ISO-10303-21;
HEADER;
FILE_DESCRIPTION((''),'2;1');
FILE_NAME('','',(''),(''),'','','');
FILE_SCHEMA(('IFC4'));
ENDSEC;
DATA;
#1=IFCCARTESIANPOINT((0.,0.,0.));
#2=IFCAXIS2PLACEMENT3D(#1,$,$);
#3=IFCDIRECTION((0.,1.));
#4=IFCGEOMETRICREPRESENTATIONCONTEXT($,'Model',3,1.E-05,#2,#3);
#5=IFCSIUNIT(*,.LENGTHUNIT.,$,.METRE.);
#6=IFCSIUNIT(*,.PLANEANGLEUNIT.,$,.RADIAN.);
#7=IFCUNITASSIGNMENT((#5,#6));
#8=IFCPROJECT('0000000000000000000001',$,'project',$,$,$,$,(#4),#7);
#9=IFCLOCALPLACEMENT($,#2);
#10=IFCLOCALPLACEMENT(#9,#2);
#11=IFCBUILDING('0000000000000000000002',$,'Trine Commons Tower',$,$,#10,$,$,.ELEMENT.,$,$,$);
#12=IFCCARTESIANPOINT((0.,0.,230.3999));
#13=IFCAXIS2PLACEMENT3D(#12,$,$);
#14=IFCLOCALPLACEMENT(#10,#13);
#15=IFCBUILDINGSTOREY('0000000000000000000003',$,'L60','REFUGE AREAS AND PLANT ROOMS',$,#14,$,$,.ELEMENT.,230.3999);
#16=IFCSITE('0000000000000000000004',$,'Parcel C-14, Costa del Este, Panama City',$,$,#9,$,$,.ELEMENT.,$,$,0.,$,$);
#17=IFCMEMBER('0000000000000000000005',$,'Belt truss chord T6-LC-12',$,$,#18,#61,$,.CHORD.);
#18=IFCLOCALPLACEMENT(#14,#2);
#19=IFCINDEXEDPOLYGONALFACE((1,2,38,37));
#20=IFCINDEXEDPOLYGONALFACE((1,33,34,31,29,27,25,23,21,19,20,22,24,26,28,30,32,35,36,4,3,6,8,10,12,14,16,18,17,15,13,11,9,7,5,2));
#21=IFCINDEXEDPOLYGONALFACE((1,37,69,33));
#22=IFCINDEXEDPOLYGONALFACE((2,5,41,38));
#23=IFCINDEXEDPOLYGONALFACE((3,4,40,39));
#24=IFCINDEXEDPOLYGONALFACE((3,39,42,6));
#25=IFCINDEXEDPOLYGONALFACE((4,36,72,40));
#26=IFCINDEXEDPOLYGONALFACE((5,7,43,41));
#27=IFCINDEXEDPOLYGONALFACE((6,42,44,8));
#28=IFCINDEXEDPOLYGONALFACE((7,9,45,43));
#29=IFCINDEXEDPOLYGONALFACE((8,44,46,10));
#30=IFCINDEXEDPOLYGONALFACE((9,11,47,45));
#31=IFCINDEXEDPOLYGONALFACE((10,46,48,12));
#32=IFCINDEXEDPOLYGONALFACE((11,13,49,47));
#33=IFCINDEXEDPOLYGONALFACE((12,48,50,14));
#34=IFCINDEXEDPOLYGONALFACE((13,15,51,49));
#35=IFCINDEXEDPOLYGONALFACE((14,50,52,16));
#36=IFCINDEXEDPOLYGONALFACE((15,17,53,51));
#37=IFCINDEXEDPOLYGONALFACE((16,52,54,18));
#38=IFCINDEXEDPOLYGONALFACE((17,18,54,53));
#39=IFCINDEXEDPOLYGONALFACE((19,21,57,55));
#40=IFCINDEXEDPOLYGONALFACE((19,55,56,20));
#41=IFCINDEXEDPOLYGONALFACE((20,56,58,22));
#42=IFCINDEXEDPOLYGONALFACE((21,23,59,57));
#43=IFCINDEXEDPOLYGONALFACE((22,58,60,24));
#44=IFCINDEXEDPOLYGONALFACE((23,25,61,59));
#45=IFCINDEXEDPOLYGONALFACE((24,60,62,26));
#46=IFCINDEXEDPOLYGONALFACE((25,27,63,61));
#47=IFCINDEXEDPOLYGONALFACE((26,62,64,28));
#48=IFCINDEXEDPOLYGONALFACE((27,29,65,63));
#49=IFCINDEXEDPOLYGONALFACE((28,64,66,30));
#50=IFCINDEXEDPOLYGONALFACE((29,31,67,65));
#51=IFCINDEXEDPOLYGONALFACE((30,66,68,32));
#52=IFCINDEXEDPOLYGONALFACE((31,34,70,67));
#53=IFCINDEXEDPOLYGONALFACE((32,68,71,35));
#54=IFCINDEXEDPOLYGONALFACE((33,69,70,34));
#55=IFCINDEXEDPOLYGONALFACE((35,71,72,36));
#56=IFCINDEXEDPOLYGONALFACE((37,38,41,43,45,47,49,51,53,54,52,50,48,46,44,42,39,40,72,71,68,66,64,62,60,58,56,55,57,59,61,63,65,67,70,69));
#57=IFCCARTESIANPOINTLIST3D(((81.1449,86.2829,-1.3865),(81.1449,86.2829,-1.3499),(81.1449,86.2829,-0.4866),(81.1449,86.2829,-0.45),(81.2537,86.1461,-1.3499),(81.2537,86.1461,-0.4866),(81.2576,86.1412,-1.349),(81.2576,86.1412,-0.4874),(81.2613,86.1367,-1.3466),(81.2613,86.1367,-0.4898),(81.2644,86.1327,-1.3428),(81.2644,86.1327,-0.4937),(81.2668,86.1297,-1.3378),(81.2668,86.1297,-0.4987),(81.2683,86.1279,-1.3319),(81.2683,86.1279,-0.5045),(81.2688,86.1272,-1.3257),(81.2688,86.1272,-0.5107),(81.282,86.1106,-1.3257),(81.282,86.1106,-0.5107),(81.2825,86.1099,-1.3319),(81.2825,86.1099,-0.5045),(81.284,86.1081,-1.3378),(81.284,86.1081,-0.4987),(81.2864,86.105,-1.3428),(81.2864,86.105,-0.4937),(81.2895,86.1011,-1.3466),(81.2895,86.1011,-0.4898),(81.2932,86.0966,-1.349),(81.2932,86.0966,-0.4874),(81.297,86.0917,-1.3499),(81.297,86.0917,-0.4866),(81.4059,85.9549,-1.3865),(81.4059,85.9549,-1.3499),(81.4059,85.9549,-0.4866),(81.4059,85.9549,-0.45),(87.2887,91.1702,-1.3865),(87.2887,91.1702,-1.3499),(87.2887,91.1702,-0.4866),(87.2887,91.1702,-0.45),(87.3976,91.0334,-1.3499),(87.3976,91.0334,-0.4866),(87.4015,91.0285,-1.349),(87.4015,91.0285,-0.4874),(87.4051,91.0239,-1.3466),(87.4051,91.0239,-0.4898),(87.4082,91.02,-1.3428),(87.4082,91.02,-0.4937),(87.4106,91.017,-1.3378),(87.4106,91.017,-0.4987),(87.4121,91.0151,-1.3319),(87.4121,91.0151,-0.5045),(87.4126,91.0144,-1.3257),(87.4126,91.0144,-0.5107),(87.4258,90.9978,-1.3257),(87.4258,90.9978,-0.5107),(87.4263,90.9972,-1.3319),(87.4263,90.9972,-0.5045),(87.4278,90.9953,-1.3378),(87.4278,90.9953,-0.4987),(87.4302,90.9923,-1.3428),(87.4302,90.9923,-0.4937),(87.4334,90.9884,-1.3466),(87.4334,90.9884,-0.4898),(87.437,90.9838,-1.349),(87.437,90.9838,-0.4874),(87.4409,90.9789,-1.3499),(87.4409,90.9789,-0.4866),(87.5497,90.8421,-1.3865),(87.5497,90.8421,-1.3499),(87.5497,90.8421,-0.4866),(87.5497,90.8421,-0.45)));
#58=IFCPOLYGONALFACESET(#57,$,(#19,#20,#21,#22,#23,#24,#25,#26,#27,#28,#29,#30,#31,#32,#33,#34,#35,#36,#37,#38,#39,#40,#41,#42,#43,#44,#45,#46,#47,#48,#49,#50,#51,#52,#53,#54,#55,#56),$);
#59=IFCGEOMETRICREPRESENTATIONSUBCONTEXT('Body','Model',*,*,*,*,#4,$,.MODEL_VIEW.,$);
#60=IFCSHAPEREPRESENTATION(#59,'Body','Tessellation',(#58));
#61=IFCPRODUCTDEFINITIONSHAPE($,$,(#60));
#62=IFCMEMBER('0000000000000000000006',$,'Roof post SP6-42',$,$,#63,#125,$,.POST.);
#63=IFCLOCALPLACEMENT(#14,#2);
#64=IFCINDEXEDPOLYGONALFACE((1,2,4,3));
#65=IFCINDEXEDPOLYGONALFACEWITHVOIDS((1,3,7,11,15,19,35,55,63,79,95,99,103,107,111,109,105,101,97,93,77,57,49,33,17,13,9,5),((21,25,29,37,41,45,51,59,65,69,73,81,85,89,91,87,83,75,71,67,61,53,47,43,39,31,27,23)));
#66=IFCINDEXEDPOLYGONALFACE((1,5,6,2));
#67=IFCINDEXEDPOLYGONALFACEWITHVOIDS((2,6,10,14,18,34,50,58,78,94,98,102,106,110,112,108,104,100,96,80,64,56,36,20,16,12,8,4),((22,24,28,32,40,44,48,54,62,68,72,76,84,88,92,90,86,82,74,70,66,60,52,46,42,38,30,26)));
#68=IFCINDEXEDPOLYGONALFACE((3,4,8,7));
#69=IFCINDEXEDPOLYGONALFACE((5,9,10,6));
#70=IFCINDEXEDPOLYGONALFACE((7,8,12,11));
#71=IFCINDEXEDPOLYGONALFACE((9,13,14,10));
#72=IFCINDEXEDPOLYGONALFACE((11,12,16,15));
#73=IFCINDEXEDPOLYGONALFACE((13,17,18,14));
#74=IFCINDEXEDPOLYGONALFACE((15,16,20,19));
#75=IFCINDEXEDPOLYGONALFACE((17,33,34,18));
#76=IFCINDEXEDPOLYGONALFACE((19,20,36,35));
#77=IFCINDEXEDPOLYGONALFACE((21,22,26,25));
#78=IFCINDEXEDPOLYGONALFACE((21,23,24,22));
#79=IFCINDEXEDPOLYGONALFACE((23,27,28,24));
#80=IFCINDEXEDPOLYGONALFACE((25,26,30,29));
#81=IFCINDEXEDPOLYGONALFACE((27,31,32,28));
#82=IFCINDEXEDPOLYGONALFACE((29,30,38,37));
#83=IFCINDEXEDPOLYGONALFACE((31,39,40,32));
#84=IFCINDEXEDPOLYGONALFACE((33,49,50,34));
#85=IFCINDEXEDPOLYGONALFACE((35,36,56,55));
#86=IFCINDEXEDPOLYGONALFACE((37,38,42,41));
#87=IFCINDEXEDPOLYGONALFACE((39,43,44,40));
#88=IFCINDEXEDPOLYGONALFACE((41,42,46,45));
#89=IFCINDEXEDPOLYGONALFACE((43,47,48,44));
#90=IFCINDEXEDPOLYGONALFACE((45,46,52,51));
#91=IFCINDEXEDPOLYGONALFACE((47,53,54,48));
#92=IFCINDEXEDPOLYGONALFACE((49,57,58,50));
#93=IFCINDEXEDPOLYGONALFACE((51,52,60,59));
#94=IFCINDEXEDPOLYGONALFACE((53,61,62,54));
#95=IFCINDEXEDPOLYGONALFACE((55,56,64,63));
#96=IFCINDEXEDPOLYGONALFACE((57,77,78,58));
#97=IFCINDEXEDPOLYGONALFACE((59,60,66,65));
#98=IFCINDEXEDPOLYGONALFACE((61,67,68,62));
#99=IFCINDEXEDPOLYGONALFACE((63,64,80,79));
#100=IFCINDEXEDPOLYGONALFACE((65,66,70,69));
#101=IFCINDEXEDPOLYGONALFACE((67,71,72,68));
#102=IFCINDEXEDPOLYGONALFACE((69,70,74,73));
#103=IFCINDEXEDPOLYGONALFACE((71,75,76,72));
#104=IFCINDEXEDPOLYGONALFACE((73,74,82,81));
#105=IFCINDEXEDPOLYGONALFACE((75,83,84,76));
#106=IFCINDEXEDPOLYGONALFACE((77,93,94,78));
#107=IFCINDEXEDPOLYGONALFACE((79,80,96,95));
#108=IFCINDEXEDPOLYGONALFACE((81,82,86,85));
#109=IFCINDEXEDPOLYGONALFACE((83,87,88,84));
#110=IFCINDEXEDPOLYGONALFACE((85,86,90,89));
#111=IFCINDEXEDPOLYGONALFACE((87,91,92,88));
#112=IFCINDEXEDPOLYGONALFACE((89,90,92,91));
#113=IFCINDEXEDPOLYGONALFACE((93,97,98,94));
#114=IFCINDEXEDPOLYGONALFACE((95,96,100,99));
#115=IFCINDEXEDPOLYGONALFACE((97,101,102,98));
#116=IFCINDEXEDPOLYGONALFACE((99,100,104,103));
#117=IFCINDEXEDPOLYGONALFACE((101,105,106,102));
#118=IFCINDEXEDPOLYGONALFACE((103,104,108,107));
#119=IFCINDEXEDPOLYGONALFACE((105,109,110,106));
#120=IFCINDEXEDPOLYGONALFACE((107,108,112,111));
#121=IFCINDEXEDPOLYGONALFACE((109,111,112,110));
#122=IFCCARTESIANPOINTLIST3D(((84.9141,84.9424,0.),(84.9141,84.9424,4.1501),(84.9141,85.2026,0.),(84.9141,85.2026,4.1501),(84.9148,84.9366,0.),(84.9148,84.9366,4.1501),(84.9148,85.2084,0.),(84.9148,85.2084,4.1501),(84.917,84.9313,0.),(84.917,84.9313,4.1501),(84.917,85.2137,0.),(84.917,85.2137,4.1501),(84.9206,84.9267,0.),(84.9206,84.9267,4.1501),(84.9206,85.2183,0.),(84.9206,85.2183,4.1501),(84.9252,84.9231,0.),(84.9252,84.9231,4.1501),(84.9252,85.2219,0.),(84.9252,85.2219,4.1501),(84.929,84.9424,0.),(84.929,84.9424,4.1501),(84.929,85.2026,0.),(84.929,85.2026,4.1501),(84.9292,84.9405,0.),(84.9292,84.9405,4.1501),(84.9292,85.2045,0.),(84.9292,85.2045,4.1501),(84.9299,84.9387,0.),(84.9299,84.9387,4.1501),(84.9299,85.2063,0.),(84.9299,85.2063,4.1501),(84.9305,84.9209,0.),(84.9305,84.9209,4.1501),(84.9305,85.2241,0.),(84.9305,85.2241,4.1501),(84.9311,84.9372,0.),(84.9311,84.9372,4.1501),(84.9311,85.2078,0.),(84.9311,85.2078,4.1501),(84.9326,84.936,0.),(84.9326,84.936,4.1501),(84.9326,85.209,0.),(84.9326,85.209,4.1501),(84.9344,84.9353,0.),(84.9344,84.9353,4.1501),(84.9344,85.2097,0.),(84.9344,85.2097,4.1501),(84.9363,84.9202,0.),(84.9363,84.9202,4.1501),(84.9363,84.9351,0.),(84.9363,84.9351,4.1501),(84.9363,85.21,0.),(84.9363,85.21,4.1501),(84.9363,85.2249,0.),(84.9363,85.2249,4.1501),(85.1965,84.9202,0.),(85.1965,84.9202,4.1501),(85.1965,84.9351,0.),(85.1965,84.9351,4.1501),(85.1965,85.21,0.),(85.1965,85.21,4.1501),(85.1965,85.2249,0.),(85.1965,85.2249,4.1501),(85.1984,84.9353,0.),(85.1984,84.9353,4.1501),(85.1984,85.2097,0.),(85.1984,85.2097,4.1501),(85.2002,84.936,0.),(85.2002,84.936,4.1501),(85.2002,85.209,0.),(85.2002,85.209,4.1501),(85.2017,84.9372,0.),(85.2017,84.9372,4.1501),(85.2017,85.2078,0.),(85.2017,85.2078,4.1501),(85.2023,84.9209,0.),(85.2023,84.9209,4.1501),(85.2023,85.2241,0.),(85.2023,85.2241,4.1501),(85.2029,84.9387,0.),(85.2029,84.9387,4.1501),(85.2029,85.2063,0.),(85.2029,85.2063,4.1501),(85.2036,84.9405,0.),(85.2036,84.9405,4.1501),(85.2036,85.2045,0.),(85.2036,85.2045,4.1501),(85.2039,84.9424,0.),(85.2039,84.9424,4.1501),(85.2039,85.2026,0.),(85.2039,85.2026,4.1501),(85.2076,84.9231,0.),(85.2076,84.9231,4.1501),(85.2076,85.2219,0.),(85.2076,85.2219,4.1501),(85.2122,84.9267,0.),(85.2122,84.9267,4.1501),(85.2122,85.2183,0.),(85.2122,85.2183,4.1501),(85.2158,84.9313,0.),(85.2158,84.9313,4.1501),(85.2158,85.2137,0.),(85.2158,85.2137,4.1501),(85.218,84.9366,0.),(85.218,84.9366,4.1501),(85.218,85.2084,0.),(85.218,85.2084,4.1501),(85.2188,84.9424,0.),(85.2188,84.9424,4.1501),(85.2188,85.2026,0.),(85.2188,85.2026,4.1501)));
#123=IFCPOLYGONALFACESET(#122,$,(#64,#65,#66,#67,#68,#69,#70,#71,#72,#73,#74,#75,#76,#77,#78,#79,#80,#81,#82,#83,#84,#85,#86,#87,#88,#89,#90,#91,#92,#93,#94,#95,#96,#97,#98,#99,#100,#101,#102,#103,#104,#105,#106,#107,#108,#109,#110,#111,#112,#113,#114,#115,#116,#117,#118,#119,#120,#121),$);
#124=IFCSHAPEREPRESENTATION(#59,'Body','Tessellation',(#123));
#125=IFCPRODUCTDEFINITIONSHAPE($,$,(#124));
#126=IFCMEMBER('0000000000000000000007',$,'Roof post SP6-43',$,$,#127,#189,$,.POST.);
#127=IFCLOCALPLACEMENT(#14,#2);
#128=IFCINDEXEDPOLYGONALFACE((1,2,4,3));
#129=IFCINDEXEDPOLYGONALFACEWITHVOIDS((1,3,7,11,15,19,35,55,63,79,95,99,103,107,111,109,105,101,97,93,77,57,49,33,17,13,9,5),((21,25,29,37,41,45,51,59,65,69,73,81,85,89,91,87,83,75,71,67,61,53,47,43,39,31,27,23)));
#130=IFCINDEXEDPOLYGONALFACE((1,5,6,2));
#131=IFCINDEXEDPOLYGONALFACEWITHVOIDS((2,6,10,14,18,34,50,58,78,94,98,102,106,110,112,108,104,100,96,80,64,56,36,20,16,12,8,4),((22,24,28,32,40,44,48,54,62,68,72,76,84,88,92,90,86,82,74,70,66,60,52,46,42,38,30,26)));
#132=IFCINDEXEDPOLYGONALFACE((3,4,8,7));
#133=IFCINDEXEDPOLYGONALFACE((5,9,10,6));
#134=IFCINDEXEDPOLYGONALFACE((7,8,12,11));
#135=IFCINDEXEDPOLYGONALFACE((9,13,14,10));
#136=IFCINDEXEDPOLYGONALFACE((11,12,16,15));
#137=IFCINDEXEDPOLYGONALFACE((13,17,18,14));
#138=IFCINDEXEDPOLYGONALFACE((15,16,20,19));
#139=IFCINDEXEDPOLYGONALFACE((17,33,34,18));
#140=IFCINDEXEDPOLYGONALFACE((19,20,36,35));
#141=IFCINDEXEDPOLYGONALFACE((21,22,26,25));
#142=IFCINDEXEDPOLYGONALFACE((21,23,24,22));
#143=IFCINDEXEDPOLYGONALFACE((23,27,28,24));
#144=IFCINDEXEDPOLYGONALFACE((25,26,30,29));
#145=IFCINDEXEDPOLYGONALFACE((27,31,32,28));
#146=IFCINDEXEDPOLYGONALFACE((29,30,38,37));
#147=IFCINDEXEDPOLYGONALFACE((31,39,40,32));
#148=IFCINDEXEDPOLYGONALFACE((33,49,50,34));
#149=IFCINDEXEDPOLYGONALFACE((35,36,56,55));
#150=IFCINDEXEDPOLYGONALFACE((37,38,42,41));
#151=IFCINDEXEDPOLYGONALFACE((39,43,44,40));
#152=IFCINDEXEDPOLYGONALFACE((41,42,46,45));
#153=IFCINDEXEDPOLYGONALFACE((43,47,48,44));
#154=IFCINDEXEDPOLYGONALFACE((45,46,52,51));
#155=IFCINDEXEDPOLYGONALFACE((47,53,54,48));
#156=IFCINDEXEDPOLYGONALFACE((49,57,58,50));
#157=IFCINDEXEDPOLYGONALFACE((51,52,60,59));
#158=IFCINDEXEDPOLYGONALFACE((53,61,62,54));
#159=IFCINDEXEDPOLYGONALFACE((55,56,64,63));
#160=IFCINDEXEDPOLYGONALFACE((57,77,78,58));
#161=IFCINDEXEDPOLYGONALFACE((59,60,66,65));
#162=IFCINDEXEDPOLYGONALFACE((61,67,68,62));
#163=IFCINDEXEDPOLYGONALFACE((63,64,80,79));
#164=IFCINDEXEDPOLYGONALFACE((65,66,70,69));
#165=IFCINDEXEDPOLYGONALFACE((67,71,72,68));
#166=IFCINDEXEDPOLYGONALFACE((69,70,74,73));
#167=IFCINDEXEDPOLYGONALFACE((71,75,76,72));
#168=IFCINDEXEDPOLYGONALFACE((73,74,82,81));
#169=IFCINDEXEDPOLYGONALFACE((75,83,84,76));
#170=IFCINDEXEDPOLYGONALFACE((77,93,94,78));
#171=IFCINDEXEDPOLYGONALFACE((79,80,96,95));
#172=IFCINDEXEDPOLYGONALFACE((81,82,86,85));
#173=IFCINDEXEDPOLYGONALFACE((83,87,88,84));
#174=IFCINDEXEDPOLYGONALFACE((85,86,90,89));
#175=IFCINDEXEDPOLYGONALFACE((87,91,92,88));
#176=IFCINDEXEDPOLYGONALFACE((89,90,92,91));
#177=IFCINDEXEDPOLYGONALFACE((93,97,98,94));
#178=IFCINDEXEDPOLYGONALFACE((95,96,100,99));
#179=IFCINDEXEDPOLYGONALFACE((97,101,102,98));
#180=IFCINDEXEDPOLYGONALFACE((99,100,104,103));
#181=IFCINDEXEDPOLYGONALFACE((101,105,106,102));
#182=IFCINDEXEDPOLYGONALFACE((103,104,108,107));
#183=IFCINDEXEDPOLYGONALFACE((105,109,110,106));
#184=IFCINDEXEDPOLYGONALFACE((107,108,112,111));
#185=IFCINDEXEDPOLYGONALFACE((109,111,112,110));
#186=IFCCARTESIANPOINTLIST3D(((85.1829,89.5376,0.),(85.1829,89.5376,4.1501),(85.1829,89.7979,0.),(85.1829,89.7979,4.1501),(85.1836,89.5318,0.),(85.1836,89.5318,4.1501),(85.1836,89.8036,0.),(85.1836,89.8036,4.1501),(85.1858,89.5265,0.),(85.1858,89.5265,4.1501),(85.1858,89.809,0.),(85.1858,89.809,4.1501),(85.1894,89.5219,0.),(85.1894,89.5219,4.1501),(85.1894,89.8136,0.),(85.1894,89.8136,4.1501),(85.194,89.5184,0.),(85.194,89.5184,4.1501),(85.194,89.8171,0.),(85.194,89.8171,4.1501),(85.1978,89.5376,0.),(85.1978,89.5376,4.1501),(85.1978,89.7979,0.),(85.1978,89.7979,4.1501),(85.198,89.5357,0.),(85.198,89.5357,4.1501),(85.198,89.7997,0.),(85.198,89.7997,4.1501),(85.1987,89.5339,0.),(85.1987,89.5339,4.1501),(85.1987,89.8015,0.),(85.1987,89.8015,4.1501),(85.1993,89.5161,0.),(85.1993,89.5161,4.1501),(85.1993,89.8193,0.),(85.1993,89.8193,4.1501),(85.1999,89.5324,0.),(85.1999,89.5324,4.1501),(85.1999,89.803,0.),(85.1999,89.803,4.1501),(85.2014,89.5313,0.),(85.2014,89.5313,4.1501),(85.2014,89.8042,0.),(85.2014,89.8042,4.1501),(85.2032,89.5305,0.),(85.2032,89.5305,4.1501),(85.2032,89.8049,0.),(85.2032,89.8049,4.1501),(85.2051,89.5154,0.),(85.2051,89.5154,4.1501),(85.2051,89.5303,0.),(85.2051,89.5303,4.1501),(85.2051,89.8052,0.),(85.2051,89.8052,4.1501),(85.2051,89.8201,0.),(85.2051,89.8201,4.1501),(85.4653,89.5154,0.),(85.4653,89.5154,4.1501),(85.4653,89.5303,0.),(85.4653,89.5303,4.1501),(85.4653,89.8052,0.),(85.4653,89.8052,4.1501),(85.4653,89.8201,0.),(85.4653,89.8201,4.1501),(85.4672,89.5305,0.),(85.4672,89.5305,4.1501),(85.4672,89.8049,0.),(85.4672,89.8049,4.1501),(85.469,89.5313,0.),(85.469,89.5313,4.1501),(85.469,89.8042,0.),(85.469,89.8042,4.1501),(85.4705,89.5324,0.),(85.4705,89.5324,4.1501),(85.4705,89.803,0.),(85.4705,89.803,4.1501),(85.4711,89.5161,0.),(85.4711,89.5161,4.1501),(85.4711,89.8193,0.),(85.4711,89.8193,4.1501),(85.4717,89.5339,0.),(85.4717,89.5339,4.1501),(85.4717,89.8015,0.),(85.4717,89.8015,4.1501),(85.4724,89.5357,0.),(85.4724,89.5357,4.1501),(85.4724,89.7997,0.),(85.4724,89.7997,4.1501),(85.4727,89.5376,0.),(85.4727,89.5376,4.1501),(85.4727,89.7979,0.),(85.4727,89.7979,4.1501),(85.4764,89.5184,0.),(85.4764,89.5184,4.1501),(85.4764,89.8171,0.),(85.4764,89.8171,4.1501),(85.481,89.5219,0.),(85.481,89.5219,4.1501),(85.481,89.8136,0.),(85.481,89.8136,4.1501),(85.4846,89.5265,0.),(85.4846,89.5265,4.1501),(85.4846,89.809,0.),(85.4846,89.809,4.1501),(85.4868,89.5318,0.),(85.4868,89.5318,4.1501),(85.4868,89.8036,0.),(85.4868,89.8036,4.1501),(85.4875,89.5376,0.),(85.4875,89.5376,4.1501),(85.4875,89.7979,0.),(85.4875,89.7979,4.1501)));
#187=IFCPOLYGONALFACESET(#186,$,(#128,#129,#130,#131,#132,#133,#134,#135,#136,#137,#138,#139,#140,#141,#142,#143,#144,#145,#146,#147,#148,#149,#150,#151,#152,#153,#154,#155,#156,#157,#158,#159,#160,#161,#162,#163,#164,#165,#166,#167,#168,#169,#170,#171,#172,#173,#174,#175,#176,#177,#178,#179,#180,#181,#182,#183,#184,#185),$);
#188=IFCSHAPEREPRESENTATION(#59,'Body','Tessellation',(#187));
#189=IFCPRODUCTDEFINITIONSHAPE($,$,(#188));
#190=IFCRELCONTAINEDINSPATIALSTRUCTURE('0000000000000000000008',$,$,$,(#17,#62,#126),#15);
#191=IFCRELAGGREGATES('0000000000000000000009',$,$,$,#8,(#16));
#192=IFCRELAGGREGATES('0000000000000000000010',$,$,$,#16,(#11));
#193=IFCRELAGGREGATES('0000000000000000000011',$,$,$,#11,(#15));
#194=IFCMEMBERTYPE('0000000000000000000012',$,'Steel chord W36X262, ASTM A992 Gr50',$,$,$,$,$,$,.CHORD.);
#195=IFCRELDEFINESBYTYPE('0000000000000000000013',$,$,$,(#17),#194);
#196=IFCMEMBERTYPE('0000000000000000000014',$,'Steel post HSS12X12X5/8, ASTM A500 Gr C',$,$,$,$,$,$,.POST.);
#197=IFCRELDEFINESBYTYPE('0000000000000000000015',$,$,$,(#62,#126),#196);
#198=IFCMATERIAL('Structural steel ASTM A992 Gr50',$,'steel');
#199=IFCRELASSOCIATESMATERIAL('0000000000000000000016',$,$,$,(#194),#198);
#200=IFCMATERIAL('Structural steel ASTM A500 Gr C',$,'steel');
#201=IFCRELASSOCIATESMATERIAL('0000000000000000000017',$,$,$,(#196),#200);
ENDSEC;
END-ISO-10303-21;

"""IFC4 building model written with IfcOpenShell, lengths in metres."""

from ifc_helpers import new_model, si_unit, direction, frame, origin, origin_2d, place, context, subcontext, project, spatial, hollow_rectangle, i_section, extrude, material, material_profile, profile_set, type_object, element, save


model = new_model("IFC4")

# Units and contexts
model_context = context("Model", 3, precision=1e-05, world=origin(), true_north=direction((0.0, 1.0)))
body_context = subcontext(model_context, "Body", "Model", "MODEL_VIEW")
ifc_project = project(units=[si_unit("LENGTHUNIT", "METRE"), si_unit("PLANEANGLEUNIT", "RADIAN")], contexts=[model_context])

# Site, building, storey
site_placement = place(None, origin())
site = spatial("IfcSite", under=ifc_project, at=site_placement, Name="Parcel C-14, Costa del Este, Panama City", CompositionType="ELEMENT", RefElevation=0.0)
building_placement = place(site_placement, origin())
building = spatial("IfcBuilding", under=site, at=building_placement, Name="Trine Commons Tower", CompositionType="ELEMENT")
storey_placement = place(building_placement, frame((0.0, 0.0, 230.3999)))
storey = spatial("IfcBuildingStorey", under=building, at=storey_placement, Name="L60", Description="REFUGE AREAS AND PLANT ROOMS", CompositionType="ELEMENT", Elevation=230.3999)

# Shared definitions
ifc_material_1 = material(Name="Structural steel ASTM A992 Gr50", Category="steel")

# Members
ifc_material_profile_1 = material_profile(ifc_material_1, i_section(OverallWidth=0.4192, OverallDepth=0.9365, WebThickness=0.0212, FlangeThickness=0.0366, FilletRadius=0.0242, at=origin_2d()), Name="W36X262")
ifc_profile_set_1 = profile_set([ifc_material_profile_1], Name="Structural steel ASTM A992 Gr50")
member_type_1 = type_object("IfcMemberType", Name="Steel chord W36X262, ASTM A992 Gr50", PredefinedType="CHORD", material=ifc_profile_set_1)
member_1_placement = place(storey_placement, frame((81.2754, 86.1189, -0.9182), z_axis=(0.782595, 0.622531, 0.0), x_axis=(-0.622531, 0.782595, 0.0)))
element("IfcMember", 1, at=member_1_placement, inside=storey, type_object=member_type_1, Name="Belt truss chord T6-LC-12", PredefinedType="CHORD", context=body_context, shape_type="SweptSolid", body=[
    extrude(i_section(OverallWidth=0.4192, OverallDepth=0.9365, WebThickness=0.0212, FlangeThickness=0.0366, FilletRadius=0.0242, at=origin_2d()), origin(), (0.0, 0.0, 1.0), 7.8506),
])
ifc_material_2 = material(Name="Structural steel ASTM A500 Gr C", Category="steel")
ifc_material_profile_2 = material_profile(ifc_material_2, hollow_rectangle(XDim=0.3047, YDim=0.3047, WallThickness=0.0149, InnerFilletRadius=0.0073, OuterFilletRadius=0.0222, at=origin_2d()), Name="HSS12X12X5/8")
ifc_profile_set_2 = profile_set([ifc_material_profile_2], Name="Structural steel ASTM A500 Gr C")
member_type_2 = type_object("IfcMemberType", Name="Steel post HSS12X12X5/8, ASTM A500 Gr C", PredefinedType="POST", material=ifc_profile_set_2)
for number, where, z_axis, x_axis, name in (
    (2, (85.0664, 85.0725, 0.0), (0.0, 0.0, 1.0), (1.0, 0.0, 0.0), "Roof post SP6-42"),
    (3, (85.3352, 89.6677, 0.0), (0.0, 0.0, 1.0), (1.0, 0.0, 0.0), "Roof post SP6-43"),
):
    element("IfcMember", number, at=place(storey_placement, frame(where, z_axis=z_axis, x_axis=x_axis)), inside=storey, type_object=member_type_2, Name=name, PredefinedType="POST", context=body_context, shape_type="SweptSolid", body=[
        extrude(hollow_rectangle(XDim=0.3047, YDim=0.3047, WallThickness=0.0149, InnerFilletRadius=0.0073, OuterFilletRadius=0.0222, at=origin_2d()), origin(), (0.0, 0.0, 1.0), 4.1501),
    ])

save(model, "model.ifc")
